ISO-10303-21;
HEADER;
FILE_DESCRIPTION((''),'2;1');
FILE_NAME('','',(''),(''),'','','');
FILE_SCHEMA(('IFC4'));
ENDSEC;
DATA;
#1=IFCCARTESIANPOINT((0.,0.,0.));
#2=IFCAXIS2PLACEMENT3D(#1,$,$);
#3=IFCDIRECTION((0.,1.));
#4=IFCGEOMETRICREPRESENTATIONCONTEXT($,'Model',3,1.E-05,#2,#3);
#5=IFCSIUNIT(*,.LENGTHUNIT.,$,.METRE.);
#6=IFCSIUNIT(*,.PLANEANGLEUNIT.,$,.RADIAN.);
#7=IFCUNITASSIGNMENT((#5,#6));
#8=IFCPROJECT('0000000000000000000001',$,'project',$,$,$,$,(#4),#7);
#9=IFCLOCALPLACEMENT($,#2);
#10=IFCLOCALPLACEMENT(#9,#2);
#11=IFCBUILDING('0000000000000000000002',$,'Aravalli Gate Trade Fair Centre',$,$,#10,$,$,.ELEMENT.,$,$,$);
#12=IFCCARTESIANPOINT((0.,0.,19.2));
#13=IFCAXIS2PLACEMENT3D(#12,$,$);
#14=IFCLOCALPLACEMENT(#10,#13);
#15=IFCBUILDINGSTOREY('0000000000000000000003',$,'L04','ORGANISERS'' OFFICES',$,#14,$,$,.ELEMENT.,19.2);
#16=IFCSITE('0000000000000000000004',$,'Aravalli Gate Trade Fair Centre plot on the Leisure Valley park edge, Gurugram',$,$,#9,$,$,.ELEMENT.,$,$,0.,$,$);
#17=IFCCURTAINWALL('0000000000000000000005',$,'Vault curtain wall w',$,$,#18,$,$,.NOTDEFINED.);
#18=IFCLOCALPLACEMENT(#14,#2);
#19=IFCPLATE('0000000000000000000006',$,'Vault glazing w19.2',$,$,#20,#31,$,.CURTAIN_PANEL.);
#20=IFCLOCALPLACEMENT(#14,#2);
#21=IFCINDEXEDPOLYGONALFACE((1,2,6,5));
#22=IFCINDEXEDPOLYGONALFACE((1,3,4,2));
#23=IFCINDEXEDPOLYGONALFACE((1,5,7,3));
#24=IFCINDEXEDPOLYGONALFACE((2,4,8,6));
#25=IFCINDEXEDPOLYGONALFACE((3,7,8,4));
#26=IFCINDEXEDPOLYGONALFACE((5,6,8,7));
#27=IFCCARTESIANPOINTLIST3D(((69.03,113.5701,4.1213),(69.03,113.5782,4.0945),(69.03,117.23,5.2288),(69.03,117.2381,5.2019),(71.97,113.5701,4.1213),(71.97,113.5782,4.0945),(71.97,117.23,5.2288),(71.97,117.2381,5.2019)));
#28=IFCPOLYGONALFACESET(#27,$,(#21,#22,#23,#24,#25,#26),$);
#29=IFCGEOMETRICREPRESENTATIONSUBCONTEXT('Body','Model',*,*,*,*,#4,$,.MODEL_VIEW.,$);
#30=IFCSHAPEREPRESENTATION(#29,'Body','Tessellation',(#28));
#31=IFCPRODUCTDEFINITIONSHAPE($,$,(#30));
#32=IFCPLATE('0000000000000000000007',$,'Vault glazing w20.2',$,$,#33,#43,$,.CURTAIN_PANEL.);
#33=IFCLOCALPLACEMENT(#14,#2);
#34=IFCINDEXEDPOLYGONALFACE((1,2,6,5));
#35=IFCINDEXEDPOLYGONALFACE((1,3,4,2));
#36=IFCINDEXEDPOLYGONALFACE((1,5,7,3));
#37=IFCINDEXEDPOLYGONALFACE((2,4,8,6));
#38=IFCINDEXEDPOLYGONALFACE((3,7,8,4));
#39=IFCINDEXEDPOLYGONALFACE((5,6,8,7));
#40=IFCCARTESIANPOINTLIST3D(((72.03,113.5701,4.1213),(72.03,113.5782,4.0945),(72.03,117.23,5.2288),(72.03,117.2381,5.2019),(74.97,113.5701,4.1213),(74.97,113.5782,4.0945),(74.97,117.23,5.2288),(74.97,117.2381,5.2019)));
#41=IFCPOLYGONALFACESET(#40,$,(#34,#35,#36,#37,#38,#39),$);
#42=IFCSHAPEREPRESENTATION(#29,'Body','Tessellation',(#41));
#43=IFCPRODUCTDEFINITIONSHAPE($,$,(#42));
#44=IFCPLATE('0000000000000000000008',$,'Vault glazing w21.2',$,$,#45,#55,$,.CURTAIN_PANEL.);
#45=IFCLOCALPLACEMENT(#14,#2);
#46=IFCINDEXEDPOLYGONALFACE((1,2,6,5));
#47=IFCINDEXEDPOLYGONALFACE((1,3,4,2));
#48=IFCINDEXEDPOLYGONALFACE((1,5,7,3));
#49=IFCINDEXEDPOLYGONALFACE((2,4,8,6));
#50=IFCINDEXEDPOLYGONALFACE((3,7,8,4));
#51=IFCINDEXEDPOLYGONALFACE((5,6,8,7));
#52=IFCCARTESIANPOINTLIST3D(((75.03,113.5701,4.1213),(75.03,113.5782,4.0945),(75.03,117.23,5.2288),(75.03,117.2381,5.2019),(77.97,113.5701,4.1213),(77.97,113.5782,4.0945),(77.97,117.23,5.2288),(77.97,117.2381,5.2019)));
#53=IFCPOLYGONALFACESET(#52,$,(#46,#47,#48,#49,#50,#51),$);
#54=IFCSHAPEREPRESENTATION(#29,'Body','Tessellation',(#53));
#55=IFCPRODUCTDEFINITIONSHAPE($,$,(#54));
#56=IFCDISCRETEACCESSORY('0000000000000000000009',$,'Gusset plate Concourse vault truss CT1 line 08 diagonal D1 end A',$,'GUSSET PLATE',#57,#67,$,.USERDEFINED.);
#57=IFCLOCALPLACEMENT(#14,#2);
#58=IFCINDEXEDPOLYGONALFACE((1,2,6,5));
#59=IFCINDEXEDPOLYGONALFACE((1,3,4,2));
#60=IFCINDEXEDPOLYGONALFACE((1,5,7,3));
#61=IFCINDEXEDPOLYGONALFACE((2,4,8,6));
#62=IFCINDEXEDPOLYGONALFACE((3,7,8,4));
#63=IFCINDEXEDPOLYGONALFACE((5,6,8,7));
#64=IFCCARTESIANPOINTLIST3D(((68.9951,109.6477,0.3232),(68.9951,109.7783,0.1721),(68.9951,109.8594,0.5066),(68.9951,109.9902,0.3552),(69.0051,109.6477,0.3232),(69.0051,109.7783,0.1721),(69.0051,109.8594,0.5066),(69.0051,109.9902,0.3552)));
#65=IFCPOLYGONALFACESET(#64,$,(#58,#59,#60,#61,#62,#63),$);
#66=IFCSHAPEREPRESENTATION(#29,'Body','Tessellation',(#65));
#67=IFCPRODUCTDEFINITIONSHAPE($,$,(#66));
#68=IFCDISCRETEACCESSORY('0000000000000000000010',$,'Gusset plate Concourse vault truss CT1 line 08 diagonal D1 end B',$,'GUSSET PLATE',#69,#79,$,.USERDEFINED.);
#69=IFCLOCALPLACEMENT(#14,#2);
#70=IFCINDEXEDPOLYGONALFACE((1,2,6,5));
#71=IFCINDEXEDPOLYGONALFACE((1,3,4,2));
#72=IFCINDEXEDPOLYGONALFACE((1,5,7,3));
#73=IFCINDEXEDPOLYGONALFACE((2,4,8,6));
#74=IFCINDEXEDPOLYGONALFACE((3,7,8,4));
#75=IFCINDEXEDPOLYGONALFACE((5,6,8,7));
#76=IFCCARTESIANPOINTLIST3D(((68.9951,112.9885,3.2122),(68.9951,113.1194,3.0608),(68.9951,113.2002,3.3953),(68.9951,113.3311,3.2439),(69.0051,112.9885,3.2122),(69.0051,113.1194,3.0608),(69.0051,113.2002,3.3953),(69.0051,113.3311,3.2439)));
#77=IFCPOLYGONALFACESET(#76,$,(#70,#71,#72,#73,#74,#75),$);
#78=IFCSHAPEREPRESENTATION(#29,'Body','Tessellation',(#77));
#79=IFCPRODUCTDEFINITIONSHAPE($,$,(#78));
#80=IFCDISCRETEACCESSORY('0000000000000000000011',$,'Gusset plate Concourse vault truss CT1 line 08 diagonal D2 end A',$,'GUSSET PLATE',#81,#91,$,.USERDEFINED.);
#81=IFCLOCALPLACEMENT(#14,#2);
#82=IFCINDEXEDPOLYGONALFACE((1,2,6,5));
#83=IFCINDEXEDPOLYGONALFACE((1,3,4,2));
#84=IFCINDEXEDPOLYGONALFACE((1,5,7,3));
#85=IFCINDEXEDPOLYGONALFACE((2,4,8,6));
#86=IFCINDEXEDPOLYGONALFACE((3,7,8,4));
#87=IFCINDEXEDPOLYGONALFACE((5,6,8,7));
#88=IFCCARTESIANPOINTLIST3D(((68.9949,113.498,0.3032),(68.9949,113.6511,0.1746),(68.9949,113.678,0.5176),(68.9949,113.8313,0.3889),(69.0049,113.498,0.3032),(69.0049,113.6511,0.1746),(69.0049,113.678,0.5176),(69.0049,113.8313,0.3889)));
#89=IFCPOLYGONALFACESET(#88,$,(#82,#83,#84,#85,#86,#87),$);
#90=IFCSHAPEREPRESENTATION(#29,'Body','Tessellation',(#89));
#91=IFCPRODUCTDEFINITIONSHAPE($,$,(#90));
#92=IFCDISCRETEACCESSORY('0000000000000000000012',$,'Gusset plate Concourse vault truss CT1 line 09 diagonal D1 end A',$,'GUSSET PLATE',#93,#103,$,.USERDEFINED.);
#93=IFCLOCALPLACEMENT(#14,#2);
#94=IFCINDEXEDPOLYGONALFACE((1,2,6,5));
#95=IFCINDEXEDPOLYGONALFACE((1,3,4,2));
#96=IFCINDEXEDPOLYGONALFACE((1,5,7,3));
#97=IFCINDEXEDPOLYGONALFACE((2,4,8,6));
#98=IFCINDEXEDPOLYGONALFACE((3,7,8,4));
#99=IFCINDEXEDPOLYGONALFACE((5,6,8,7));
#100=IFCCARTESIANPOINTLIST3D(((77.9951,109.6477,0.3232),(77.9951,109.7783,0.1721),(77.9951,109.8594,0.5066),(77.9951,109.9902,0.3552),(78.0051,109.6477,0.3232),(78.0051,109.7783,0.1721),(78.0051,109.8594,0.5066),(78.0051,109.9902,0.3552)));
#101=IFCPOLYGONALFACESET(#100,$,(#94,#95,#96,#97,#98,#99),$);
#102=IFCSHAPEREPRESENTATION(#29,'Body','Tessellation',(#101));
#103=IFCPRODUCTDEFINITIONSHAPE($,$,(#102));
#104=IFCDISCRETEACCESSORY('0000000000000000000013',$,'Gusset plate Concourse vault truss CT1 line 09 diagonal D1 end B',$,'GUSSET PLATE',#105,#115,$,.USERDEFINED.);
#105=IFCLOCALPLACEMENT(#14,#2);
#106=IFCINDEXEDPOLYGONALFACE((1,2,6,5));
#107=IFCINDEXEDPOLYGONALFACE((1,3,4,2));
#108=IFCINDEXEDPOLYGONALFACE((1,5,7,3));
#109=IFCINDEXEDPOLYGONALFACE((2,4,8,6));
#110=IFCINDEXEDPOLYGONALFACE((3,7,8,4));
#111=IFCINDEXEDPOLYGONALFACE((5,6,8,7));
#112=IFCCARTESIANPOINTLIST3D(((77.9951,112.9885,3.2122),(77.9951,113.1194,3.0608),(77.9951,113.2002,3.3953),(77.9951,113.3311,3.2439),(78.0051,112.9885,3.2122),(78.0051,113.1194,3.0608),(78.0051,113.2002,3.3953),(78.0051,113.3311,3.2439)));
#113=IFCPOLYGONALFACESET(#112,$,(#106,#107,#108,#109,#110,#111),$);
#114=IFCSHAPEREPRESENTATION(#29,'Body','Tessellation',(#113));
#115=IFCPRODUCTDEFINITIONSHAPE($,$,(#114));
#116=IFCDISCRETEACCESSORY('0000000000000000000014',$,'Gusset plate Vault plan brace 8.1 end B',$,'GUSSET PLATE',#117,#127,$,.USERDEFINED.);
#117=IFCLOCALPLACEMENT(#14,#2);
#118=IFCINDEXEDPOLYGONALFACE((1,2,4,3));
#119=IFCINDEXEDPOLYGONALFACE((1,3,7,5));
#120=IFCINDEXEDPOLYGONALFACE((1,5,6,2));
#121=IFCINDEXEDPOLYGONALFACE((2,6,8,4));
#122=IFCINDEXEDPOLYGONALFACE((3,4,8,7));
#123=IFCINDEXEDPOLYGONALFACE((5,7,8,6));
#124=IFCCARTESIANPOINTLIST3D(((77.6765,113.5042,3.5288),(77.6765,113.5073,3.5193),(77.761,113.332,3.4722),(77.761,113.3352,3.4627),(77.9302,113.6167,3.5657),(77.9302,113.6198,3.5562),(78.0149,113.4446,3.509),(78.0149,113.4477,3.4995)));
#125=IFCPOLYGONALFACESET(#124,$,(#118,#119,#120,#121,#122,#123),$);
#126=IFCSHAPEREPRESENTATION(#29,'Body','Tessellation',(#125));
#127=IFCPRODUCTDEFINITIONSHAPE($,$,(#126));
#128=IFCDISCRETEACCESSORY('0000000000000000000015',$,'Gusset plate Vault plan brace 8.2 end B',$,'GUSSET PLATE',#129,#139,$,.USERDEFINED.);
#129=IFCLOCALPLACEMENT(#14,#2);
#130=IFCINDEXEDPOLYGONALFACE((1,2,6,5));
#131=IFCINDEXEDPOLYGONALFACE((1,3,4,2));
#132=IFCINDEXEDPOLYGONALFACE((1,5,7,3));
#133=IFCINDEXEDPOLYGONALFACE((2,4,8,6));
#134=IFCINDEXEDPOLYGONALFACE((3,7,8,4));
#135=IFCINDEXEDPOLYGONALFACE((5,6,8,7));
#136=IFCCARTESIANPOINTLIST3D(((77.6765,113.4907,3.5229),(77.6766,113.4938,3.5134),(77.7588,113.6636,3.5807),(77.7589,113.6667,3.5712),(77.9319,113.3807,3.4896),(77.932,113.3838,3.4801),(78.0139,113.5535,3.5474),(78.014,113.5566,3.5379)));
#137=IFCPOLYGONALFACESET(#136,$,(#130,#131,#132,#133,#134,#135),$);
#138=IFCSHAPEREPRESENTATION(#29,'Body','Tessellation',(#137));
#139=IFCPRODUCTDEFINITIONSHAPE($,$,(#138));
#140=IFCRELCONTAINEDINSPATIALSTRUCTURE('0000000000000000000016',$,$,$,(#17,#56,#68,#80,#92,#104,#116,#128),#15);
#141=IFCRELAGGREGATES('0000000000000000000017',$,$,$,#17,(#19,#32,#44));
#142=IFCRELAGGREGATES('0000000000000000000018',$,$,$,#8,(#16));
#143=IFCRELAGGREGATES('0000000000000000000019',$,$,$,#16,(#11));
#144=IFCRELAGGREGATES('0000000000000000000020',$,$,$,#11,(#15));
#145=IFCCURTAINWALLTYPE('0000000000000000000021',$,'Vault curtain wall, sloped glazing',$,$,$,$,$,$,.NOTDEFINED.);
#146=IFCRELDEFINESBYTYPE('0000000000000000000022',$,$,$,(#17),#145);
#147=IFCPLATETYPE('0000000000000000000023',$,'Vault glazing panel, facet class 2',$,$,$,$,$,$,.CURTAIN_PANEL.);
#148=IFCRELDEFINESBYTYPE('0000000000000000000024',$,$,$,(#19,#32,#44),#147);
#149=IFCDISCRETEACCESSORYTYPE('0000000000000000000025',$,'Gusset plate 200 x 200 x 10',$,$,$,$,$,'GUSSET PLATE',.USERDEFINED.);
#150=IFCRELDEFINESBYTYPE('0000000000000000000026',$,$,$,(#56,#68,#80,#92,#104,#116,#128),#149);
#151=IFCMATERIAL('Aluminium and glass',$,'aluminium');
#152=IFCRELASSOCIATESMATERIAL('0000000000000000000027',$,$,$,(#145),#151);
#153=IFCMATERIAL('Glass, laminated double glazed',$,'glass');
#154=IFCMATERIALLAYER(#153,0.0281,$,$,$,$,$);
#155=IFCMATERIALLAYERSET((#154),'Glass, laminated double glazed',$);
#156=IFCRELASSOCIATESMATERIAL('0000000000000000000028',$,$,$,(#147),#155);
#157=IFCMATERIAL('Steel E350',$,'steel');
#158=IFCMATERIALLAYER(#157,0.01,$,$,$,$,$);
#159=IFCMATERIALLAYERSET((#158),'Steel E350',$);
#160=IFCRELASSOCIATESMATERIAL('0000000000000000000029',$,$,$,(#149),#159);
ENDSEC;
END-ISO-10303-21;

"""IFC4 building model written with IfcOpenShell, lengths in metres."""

from ifc_helpers import new_model, si_unit, direction, frame, origin, place, context, subcontext, project, spatial, polyline, outline, extrude, material, layer, layer_set, type_object, element, aggregate, save


model = new_model("IFC4")

# Units and contexts
model_context = context("Model", 3, precision=1e-05, world=origin(), true_north=direction((0.0, 1.0)))
body_context = subcontext(model_context, "Body", "Model", "MODEL_VIEW")
ifc_project = project(units=[si_unit("LENGTHUNIT", "METRE"), si_unit("PLANEANGLEUNIT", "RADIAN")], contexts=[model_context])

# Site, building, storey
site_placement = place(None, origin())
site = spatial("IfcSite", under=ifc_project, at=site_placement, Name="Aravalli Gate Trade Fair Centre plot on the Leisure Valley park edge, Gurugram", CompositionType="ELEMENT", RefElevation=0.0)
building_placement = place(site_placement, origin())
building = spatial("IfcBuilding", under=site, at=building_placement, Name="Aravalli Gate Trade Fair Centre", CompositionType="ELEMENT")
storey_placement = place(building_placement, frame((0.0, 0.0, 19.2)))
storey = spatial("IfcBuildingStorey", under=building, at=storey_placement, Name="L04", Description="ORGANISERS' OFFICES", CompositionType="ELEMENT", Elevation=19.2)

# Shared definitions
ifc_material_1 = material(Name="Steel E350", Category="steel")

# Curtain wall, plates
ifc_material_2 = material(Name="Aluminium and glass", Category="aluminium")
curtain_wall_type = type_object("IfcCurtainWallType", Name="Vault curtain wall, sloped glazing", PredefinedType="NOTDEFINED", material=ifc_material_2)
curtain_wall_placement = place(storey_placement, origin())
curtain_wall = element("IfcCurtainWall", 1, at=curtain_wall_placement, inside=storey, type_object=curtain_wall_type, Name="Vault curtain wall w", PredefinedType="NOTDEFINED")
ifc_material_3 = material(Name="Glass, laminated double glazed", Category="glass")
ifc_layer_1 = layer(ifc_material_3, 0.0281)
ifc_layer_set_1 = layer_set([ifc_layer_1], Name="Glass, laminated double glazed")
plate_type = type_object("IfcPlateType", Name="Vault glazing panel, facet class 2", PredefinedType="CURTAIN_PANEL", material=ifc_layer_set_1)
plate_1_placement = place(storey_placement, frame((69.03, 113.5701, 4.1213), z_axis=(0.0, -0.289614, 0.957144), x_axis=(1.0, 0.0, 0.0)))
plate_1 = element("IfcPlate", 2, at=plate_1_placement, type_object=plate_type, Name="Vault glazing w19.2", PredefinedType="CURTAIN_PANEL", context=body_context, shape_type="SweptSolid", body=[
    extrude(outline(polyline([(0.0, 0.0), (2.9399, 0.0), (2.9399, 3.8238), (0.0, 3.8238), (0.0, 0.0)])), origin(), (0.0, 0.0, -1.0), 0.0281),
])
plate_2_placement = place(storey_placement, frame((72.03, 113.5701, 4.1213), z_axis=(0.0, -0.289614, 0.957144), x_axis=(1.0, 0.0, 0.0)))
plate_2 = element("IfcPlate", 3, at=plate_2_placement, type_object=plate_type, Name="Vault glazing w20.2", PredefinedType="CURTAIN_PANEL", context=body_context, shape_type="SweptSolid", body=[
    extrude(outline(polyline([(0.0, 0.0), (2.9399, 0.0), (2.9399, 3.8238), (0.0, 3.8238), (0.0, 0.0)])), origin(), (0.0, 0.0, -1.0), 0.0281),
])
plate_3_placement = place(storey_placement, frame((75.03, 113.5701, 4.1213), z_axis=(0.0, -0.289614, 0.957144), x_axis=(1.0, 0.0, 0.0)))
plate_3 = element("IfcPlate", 4, at=plate_3_placement, type_object=plate_type, Name="Vault glazing w21.2", PredefinedType="CURTAIN_PANEL", context=body_context, shape_type="SweptSolid", body=[
    extrude(outline(polyline([(0.0, 0.0), (2.9399, 0.0), (2.9399, 3.8238), (0.0, 3.8238), (0.0, 0.0)])), origin(), (0.0, 0.0, -1.0), 0.0281),
])
aggregate(curtain_wall, [plate_1, plate_2, plate_3])

# Discrete accessories
ifc_layer_2 = layer(ifc_material_1, 0.01)
ifc_layer_set_2 = layer_set([ifc_layer_2], Name="Steel E350")
discrete_accessory_type = type_object("IfcDiscreteAccessoryType", Name="Gusset plate 200 x 200 x 10", ElementType="GUSSET PLATE", PredefinedType="USERDEFINED", material=ifc_layer_set_2)
discrete_accessory_1_placement = place(storey_placement, frame((68.9951, 109.9902, 0.3552), z_axis=(-1.0, 0.0, 0.0), x_axis=(0.0, -0.756666, -0.653801)))
element("IfcDiscreteAccessory", 5, at=discrete_accessory_1_placement, inside=storey, type_object=discrete_accessory_type, Name="Gusset plate Concourse vault truss CT1 line 08 diagonal D1 end A", ObjectType="GUSSET PLATE", PredefinedType="USERDEFINED", context=body_context, shape_type="SweptSolid", body=[
    extrude(outline(polyline([(0.0, 0.0), (0.2801, 0.0), (0.2801, 0.1997), (0.0001, 0.2001), (0.0, 0.0)])), origin(), (0.0, 0.0, -1.0), 0.01),
])
discrete_accessory_2_placement = place(storey_placement, frame((68.9951, 112.9885, 3.2122), z_axis=(-1.0, 0.0, 0.0), x_axis=(0.0, 0.756293, 0.654233)))
element("IfcDiscreteAccessory", 6, at=discrete_accessory_2_placement, inside=storey, type_object=discrete_accessory_type, Name="Gusset plate Concourse vault truss CT1 line 08 diagonal D1 end B", ObjectType="GUSSET PLATE", PredefinedType="USERDEFINED", context=body_context, shape_type="SweptSolid", body=[
    extrude(outline(polyline([(0.0, 0.0), (0.2799, 0.0), (0.2798, 0.2001), (-0.0001, 0.2001), (0.0, 0.0)])), origin(), (0.0, 0.0, -1.0), 0.01),
])
discrete_accessory_3_placement = place(storey_placement, frame((69.0049, 113.678, 0.5176), z_axis=(1.0, 0.0, 0.0), x_axis=(0.0, -0.642926, -0.765928)))
element("IfcDiscreteAccessory", 7, at=discrete_accessory_3_placement, inside=storey, type_object=discrete_accessory_type, Name="Gusset plate Concourse vault truss CT1 line 08 diagonal D2 end A", ObjectType="GUSSET PLATE", PredefinedType="USERDEFINED", context=body_context, shape_type="SweptSolid", body=[
    extrude(outline(polyline([(0.0, 0.0), (0.2799, 0.0), (0.28, 0.2), (0.0, 0.2002), (0.0, 0.0)])), origin(), (0.0, 0.0, -1.0), 0.01),
])
discrete_accessory_4_placement = place(storey_placement, frame((77.9951, 109.9902, 0.3552), z_axis=(-1.0, 0.0, 0.0), x_axis=(0.0, -0.756666, -0.653801)))
element("IfcDiscreteAccessory", 8, at=discrete_accessory_4_placement, inside=storey, type_object=discrete_accessory_type, Name="Gusset plate Concourse vault truss CT1 line 09 diagonal D1 end A", ObjectType="GUSSET PLATE", PredefinedType="USERDEFINED", context=body_context, shape_type="SweptSolid", body=[
    extrude(outline(polyline([(0.0, 0.0), (0.2801, 0.0), (0.2801, 0.1997), (0.0001, 0.2001), (0.0, 0.0)])), origin(), (0.0, 0.0, -1.0), 0.01),
])
discrete_accessory_5_placement = place(storey_placement, frame((77.9951, 112.9885, 3.2122), z_axis=(-1.0, 0.0, 0.0), x_axis=(0.0, 0.756293, 0.654233)))
element("IfcDiscreteAccessory", 9, at=discrete_accessory_5_placement, inside=storey, type_object=discrete_accessory_type, Name="Gusset plate Concourse vault truss CT1 line 09 diagonal D1 end B", ObjectType="GUSSET PLATE", PredefinedType="USERDEFINED", context=body_context, shape_type="SweptSolid", body=[
    extrude(outline(polyline([(0.0, 0.0), (0.2799, 0.0), (0.2798, 0.2001), (-0.0001, 0.2001), (0.0, 0.0)])), origin(), (0.0, 0.0, -1.0), 0.01),
])
discrete_accessory_6_placement = place(storey_placement, frame((77.761, 113.332, 3.4722), z_axis=(0.000529, -0.312353, 0.949966), x_axis=(0.906261, 0.401718, 0.131582)))
element("IfcDiscreteAccessory", 10, at=discrete_accessory_6_placement, inside=storey, type_object=discrete_accessory_type, Name="Gusset plate Vault plan brace 8.1 end B", ObjectType="GUSSET PLATE", PredefinedType="USERDEFINED", context=body_context, shape_type="SweptSolid", body=[
    extrude(outline(polyline([(0.0, 0.0), (0.2802, 0.0), (0.28, 0.2), (0.0, 0.1999), (0.0, 0.0)])), origin(), (0.0, 0.0, -1.0), 0.01),
])
discrete_accessory_7_placement = place(storey_placement, frame((77.6765, 113.4907, 3.5229), z_axis=(-0.010671, -0.312246, 0.949941), x_axis=(0.911809, -0.393011, -0.118941)))
element("IfcDiscreteAccessory", 11, at=discrete_accessory_7_placement, inside=storey, type_object=discrete_accessory_type, Name="Gusset plate Vault plan brace 8.2 end B", ObjectType="GUSSET PLATE", PredefinedType="USERDEFINED", context=body_context, shape_type="SweptSolid", body=[
    extrude(outline(polyline([(0.0, 0.0), (0.2801, 0.0), (0.2801, 0.1998), (0.0002, 0.2), (0.0, 0.0)])), origin(), (0.0, 0.0, -1.0), 0.01),
])

save(model, "model.ifc")
